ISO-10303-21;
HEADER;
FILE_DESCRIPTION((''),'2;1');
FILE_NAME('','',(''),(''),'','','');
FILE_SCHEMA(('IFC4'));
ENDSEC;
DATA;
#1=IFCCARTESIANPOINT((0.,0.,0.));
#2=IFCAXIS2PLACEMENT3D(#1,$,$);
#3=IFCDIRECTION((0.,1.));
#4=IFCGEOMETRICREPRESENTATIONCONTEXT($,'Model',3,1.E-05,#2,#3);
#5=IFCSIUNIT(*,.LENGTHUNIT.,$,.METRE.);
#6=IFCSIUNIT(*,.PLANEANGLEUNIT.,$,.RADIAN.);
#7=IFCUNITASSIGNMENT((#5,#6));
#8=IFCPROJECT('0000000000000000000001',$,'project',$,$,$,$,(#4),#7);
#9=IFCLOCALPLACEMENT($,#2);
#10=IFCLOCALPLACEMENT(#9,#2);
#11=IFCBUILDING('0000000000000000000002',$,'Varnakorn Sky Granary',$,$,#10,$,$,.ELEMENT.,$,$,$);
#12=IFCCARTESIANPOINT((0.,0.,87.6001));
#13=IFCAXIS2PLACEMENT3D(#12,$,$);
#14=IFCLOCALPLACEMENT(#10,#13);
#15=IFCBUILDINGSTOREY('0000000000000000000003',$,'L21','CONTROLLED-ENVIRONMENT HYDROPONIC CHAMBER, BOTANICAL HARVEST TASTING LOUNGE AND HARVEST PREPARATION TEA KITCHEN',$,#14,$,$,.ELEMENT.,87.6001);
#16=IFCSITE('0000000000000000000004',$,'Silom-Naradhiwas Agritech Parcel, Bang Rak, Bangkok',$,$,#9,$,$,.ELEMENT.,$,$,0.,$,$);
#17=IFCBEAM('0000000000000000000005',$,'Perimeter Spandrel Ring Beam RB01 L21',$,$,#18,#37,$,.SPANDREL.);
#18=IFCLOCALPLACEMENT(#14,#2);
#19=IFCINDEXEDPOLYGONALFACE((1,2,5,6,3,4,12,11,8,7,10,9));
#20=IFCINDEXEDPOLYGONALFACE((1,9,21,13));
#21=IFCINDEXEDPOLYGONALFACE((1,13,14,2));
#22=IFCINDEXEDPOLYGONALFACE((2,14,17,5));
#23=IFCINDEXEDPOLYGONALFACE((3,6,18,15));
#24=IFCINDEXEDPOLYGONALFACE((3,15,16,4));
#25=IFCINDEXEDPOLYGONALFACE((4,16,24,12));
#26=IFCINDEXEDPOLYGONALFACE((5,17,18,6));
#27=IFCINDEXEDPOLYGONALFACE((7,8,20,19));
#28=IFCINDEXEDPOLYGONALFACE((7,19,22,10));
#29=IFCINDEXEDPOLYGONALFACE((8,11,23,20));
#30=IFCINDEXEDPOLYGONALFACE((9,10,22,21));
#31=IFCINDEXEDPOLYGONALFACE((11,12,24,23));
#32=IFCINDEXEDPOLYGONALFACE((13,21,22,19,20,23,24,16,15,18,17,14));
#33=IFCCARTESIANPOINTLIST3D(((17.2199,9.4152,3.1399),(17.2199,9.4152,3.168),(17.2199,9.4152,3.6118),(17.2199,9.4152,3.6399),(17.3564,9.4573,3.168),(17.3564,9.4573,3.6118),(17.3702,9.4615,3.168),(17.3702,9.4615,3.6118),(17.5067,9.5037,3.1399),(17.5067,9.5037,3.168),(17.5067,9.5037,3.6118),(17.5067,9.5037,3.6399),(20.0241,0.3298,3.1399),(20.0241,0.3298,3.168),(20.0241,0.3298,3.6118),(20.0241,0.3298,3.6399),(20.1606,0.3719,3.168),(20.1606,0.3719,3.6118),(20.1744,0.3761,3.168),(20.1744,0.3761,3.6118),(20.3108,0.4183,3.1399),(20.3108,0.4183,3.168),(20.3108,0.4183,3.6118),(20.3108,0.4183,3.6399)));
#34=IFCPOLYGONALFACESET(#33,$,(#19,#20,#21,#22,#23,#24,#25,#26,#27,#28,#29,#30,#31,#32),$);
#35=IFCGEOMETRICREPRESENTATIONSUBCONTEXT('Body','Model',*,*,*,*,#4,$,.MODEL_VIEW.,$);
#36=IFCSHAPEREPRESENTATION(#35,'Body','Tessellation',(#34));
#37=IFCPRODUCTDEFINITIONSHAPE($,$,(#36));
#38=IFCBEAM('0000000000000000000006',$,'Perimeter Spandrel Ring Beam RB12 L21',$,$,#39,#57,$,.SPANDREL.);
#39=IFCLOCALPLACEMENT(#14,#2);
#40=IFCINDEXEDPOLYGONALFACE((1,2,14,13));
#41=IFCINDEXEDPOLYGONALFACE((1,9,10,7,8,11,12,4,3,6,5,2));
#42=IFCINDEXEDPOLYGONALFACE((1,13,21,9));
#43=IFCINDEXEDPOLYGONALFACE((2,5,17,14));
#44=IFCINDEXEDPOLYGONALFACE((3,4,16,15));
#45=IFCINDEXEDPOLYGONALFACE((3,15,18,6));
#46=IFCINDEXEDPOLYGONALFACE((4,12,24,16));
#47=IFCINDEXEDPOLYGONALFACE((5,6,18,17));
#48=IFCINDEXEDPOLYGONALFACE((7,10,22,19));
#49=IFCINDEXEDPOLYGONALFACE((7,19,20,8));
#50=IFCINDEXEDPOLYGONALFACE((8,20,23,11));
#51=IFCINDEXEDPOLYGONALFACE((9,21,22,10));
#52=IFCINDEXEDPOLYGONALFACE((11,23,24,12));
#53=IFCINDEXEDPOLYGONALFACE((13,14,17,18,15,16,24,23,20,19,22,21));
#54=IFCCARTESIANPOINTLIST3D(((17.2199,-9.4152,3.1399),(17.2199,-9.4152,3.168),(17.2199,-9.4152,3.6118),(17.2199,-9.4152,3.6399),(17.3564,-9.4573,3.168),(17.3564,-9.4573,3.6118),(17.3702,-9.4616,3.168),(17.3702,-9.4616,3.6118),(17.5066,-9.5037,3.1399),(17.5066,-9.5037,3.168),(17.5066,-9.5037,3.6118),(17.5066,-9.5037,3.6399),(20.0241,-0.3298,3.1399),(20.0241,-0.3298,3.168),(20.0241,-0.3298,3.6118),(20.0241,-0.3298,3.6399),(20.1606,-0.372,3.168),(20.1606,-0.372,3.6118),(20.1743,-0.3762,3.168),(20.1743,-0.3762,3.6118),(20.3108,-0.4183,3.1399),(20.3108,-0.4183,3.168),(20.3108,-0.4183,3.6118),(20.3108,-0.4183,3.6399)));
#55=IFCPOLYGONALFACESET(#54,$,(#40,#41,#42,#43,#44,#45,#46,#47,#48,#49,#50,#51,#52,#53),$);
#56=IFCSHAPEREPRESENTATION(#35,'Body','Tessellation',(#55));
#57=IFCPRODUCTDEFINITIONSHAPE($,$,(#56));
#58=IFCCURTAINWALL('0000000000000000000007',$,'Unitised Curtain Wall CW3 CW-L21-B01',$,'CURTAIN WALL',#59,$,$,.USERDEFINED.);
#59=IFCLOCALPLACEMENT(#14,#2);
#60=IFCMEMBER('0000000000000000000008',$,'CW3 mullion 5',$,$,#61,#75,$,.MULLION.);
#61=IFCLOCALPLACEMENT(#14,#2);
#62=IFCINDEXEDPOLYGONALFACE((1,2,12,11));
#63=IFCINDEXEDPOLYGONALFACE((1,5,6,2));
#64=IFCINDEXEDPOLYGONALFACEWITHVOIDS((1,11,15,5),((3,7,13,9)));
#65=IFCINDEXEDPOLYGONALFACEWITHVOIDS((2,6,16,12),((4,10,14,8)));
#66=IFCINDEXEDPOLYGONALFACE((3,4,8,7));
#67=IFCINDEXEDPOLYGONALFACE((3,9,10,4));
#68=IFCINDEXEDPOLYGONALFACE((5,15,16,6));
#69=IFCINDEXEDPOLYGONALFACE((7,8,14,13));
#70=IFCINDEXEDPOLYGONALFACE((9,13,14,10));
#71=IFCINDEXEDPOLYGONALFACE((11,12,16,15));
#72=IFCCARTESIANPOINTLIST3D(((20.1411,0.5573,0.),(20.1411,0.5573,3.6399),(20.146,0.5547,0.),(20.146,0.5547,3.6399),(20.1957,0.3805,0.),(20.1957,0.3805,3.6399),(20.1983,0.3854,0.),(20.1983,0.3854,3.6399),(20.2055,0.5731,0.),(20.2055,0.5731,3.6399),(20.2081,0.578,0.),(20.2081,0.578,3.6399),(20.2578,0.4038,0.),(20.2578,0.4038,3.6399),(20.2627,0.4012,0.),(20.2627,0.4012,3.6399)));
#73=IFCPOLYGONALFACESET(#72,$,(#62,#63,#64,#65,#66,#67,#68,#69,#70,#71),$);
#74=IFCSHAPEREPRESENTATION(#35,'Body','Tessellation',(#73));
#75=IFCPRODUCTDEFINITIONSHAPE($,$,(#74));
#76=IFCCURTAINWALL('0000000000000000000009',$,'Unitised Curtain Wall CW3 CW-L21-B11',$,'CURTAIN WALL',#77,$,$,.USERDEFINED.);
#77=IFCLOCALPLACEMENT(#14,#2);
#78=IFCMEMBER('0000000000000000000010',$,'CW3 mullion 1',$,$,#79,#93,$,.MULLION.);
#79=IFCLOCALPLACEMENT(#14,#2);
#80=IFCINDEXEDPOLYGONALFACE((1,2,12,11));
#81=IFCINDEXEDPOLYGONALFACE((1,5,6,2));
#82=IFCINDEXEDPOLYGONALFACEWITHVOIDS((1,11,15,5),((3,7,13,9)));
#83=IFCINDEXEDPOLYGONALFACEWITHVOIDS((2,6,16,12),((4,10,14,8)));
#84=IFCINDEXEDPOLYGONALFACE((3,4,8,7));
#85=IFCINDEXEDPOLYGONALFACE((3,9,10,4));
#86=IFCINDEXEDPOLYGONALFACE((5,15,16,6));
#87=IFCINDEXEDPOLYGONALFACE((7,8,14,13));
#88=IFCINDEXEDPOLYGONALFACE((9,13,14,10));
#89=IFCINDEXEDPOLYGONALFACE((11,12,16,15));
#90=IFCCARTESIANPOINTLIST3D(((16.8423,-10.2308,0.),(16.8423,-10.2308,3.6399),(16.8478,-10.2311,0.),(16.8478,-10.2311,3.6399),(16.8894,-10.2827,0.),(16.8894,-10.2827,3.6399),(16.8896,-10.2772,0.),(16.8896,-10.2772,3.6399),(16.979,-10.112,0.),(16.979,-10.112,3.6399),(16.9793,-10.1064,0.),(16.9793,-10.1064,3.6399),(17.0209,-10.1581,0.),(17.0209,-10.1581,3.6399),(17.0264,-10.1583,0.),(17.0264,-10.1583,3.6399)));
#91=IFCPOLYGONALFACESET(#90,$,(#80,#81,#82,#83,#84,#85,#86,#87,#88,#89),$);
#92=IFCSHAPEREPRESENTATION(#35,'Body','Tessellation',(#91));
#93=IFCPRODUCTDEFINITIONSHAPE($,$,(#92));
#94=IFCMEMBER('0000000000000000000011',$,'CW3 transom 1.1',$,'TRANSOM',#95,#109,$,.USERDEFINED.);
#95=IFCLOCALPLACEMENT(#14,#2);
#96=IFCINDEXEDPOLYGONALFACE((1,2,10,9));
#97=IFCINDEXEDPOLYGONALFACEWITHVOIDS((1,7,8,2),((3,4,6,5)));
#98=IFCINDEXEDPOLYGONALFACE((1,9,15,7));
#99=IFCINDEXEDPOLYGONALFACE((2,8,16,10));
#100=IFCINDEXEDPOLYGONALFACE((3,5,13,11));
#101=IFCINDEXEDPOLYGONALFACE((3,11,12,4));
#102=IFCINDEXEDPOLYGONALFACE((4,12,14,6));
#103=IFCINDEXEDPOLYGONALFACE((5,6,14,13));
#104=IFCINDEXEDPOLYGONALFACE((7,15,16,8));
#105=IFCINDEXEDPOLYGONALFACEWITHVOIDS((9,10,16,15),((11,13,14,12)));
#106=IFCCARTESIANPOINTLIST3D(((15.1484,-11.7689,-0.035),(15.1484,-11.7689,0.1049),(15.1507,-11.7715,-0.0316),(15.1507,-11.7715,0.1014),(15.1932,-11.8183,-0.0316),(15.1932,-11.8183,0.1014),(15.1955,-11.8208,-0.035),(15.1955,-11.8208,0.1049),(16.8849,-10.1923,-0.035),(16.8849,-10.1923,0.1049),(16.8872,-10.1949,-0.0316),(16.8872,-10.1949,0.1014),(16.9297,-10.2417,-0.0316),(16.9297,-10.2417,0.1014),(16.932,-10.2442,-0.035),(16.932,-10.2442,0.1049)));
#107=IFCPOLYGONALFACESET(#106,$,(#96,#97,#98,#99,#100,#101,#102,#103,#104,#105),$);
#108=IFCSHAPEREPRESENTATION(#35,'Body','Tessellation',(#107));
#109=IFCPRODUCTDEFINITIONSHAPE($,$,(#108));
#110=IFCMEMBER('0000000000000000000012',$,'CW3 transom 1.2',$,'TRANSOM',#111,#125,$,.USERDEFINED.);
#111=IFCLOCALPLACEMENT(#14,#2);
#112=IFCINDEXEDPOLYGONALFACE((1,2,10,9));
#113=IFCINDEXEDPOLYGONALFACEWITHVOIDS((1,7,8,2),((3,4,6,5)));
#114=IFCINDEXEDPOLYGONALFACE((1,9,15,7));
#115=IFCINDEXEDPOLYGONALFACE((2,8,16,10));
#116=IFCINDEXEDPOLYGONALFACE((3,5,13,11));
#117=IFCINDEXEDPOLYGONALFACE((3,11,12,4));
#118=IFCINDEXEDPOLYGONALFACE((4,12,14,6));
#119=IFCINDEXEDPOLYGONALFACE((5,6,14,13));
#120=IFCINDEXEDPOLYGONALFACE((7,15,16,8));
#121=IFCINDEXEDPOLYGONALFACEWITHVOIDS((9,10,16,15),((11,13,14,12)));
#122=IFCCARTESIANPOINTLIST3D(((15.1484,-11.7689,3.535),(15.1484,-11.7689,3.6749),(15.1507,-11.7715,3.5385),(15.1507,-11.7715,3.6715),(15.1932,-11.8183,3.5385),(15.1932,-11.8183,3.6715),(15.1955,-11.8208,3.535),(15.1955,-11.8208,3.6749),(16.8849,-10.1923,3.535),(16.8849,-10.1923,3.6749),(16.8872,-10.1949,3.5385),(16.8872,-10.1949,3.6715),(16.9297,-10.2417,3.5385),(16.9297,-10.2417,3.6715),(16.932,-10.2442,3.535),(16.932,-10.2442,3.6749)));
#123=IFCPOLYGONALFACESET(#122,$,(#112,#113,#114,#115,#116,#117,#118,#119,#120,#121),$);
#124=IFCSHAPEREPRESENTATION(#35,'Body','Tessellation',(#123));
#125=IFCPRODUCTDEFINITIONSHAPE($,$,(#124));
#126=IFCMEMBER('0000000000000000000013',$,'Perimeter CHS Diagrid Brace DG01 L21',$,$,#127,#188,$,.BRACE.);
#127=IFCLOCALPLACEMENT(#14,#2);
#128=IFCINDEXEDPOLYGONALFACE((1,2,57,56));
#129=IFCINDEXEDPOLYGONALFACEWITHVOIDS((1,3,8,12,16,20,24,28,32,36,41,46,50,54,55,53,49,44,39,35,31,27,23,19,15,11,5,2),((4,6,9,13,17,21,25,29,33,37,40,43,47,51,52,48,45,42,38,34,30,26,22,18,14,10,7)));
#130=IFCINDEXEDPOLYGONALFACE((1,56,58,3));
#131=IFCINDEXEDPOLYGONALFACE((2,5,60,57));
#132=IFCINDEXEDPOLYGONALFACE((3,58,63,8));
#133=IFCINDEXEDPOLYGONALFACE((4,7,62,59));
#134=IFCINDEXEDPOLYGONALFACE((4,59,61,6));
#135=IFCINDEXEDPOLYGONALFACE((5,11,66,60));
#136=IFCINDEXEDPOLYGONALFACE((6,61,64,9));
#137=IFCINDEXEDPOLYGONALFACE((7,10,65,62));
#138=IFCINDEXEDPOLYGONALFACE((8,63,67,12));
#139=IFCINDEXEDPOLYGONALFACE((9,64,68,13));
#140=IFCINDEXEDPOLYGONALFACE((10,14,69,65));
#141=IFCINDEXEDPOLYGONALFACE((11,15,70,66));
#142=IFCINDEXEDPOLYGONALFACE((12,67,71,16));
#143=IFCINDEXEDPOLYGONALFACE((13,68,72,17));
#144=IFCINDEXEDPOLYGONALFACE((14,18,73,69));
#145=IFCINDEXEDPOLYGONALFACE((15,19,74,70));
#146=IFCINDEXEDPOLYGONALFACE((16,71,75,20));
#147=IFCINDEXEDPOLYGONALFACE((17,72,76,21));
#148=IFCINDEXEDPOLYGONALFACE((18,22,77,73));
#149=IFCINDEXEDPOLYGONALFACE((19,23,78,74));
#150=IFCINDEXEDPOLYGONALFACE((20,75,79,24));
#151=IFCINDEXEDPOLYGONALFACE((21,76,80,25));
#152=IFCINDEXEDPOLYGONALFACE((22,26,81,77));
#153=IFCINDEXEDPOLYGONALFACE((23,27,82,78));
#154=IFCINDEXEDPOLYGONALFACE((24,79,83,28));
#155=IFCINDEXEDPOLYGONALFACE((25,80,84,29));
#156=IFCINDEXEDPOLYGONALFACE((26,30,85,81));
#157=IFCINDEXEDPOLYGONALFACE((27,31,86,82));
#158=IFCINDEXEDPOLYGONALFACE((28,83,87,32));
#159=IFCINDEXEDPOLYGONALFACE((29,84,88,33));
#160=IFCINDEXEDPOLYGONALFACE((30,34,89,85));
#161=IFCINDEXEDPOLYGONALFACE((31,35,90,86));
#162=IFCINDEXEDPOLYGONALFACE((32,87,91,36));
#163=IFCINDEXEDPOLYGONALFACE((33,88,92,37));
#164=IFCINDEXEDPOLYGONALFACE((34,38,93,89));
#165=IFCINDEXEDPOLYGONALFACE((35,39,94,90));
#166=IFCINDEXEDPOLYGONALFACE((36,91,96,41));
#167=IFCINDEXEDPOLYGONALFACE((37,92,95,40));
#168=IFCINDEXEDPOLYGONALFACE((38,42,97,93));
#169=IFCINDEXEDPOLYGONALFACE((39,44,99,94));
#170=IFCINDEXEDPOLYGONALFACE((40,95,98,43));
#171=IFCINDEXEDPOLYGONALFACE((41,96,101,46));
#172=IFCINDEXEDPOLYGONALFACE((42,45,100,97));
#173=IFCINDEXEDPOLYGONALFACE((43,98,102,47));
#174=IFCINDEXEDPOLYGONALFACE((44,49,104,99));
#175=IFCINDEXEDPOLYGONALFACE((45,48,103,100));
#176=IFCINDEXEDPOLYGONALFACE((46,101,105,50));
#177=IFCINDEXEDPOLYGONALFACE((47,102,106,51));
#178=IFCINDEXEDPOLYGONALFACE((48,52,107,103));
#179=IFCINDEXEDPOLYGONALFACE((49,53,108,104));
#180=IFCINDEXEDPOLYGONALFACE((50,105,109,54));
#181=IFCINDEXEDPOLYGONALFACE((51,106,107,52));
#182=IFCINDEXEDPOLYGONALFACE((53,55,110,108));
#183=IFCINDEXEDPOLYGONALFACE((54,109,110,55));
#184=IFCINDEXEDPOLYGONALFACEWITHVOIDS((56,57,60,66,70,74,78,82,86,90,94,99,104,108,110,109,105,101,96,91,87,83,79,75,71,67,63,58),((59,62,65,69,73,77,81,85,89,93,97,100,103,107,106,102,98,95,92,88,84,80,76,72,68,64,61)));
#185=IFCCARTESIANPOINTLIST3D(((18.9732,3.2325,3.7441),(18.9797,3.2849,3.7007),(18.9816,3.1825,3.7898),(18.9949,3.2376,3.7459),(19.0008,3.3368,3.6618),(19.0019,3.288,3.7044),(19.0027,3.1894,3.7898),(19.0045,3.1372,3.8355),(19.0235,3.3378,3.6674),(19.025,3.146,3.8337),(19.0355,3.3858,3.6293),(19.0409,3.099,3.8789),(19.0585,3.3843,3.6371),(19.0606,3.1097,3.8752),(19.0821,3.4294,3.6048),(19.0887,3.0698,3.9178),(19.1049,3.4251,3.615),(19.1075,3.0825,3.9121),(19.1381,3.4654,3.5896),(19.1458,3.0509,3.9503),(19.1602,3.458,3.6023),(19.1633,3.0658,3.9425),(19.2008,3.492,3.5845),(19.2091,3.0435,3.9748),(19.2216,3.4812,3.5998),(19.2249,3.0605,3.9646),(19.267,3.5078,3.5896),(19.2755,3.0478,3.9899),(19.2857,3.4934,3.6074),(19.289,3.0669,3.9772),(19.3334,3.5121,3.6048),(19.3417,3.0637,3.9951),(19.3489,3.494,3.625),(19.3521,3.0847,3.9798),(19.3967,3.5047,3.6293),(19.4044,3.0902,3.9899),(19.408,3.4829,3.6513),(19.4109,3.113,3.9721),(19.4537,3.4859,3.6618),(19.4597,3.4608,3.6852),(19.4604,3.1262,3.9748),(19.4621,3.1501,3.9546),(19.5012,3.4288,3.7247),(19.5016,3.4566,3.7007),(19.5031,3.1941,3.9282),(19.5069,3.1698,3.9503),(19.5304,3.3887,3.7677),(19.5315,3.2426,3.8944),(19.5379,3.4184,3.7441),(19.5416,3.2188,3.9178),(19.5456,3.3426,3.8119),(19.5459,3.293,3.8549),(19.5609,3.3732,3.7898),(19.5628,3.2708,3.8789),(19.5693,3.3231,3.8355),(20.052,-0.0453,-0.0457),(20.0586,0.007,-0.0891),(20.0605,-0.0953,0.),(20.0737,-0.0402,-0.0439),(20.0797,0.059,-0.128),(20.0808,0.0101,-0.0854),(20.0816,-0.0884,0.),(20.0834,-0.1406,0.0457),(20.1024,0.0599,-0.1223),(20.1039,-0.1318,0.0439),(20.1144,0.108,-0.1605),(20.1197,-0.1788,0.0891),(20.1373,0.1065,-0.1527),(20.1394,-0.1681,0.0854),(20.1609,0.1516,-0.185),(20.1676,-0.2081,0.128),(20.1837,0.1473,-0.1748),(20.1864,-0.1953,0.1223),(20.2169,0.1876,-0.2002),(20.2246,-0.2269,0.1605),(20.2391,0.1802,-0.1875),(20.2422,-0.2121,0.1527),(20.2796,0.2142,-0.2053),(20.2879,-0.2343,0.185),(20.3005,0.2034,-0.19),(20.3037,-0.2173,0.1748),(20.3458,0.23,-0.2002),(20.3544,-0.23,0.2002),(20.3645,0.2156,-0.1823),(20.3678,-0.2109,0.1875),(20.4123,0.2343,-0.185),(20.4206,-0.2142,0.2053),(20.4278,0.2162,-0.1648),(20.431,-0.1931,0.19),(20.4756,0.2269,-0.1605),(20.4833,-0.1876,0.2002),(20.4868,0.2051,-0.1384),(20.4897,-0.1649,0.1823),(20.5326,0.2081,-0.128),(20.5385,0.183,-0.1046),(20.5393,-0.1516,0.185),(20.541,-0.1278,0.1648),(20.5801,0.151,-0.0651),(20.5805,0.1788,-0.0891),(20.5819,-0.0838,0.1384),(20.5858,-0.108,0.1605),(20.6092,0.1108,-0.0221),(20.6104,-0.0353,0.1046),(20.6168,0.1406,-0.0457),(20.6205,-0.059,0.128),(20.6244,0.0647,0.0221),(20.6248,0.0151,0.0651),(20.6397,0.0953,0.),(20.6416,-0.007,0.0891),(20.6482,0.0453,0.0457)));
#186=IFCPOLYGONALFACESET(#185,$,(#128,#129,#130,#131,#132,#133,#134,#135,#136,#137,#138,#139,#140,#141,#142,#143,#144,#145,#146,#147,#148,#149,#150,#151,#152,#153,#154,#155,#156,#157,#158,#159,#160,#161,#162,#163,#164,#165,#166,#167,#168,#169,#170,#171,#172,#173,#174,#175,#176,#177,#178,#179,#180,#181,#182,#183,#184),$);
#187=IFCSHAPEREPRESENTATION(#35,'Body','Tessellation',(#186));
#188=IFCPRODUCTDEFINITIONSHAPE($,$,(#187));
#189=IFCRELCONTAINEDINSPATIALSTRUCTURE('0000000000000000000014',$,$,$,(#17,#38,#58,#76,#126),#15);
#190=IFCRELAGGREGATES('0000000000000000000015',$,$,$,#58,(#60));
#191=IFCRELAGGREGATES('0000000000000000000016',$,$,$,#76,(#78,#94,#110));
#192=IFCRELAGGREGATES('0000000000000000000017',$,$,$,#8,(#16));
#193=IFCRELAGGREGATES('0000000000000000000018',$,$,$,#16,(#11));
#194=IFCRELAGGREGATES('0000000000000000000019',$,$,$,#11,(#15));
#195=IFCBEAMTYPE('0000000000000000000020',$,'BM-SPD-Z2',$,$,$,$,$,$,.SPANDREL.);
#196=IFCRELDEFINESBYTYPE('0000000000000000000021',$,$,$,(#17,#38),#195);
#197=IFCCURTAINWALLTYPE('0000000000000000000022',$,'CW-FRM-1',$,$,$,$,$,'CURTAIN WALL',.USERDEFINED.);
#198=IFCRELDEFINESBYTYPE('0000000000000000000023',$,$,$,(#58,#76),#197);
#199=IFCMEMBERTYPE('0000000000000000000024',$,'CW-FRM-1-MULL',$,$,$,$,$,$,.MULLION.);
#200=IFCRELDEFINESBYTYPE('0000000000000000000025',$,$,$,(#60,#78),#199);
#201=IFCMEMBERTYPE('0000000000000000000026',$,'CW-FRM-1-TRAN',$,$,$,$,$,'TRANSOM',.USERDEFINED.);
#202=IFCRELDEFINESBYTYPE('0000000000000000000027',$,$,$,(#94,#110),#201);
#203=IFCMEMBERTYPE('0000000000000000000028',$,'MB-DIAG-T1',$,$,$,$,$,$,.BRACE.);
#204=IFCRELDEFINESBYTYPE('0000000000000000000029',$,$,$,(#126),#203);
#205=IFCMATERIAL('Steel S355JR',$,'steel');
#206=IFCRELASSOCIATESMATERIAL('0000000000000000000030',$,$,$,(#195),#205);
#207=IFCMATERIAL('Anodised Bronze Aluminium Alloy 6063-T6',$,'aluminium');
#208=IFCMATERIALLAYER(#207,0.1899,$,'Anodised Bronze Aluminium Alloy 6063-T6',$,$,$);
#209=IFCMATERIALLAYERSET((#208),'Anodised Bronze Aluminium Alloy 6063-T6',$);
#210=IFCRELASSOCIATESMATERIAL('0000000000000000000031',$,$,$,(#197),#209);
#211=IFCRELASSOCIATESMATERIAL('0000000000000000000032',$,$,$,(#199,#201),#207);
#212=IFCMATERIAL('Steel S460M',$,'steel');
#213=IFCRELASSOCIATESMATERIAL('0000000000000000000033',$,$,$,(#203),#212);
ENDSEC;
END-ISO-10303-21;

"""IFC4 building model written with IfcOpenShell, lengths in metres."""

from ifc_helpers import new_model, si_unit, direction, frame, origin, origin_2d, place, context, subcontext, project, spatial, hollow_rectangle, hollow_circle, i_section, extrude, material, layer, layer_set, material_profile, profile_set, type_object, element, aggregate, save


model = new_model("IFC4")

# Units and contexts
model_context = context("Model", 3, precision=1e-05, world=origin(), true_north=direction((0.0, 1.0)))
body_context = subcontext(model_context, "Body", "Model", "MODEL_VIEW")
ifc_project = project(units=[si_unit("LENGTHUNIT", "METRE"), si_unit("PLANEANGLEUNIT", "RADIAN")], contexts=[model_context])

# Site, building, storey
site_placement = place(None, origin())
site = spatial("IfcSite", under=ifc_project, at=site_placement, Name="Silom-Naradhiwas Agritech Parcel, Bang Rak, Bangkok", CompositionType="ELEMENT", RefElevation=0.0)
building_placement = place(site_placement, origin())
building = spatial("IfcBuilding", under=site, at=building_placement, Name="Varnakorn Sky Granary", CompositionType="ELEMENT")
storey_placement = place(building_placement, frame((0.0, 0.0, 87.6001)))
storey = spatial("IfcBuildingStorey", under=building, at=storey_placement, Name="L21", Description="CONTROLLED-ENVIRONMENT HYDROPONIC CHAMBER, BOTANICAL HARVEST TASTING LOUNGE AND HARVEST PREPARATION TEA KITCHEN", CompositionType="ELEMENT", Elevation=87.6001)

# Shared definitions
ifc_material_1 = material(Name="Steel S460M", Category="steel")

# Beams
ifc_material_2 = material(Name="Steel S355JR", Category="steel")
ifc_material_profile_1 = material_profile(ifc_material_2, i_section(OverallWidth=0.3, OverallDepth=0.5, WebThickness=0.0144, FlangeThickness=0.0281, at=origin_2d()), Name="HE 500 B")
ifc_profile_set_1 = profile_set([ifc_material_profile_1], Name="Steel S355JR")
beam_type_1 = type_object("IfcBeamType", Name="BM-SPD-Z2", PredefinedType="SPANDREL", material=ifc_profile_set_1)
for number, where, z_axis, x_axis, name in (
    (1, (20.1675, 0.374, 3.3899), (-0.294919, 0.955522, 0.0), (-0.955522, -0.294919, 0.0), "Perimeter Spandrel Ring Beam RB01 L21"),
    (2, (17.3633, -9.4595, 3.3899), (0.294919, 0.955522, 0.0), (-0.955522, 0.294919, 0.0), "Perimeter Spandrel Ring Beam RB12 L21"),
):
    element("IfcBeam", number, at=place(storey_placement, frame(where, z_axis=z_axis, x_axis=x_axis)), inside=storey, type_object=beam_type_1, Name=name, PredefinedType="SPANDREL", context=body_context, shape_type="SweptSolid", body=[
        extrude(i_section(OverallWidth=0.3, OverallDepth=0.5, WebThickness=0.0144, FlangeThickness=0.0281, at=origin_2d()), origin(), (0.0, 0.0, 1.0), 9.5083),
    ])

# Curtain wall, member
ifc_material_3 = material(Name="Anodised Bronze Aluminium Alloy 6063-T6", Category="aluminium")
ifc_layer_1 = layer(ifc_material_3, 0.1899, Name="Anodised Bronze Aluminium Alloy 6063-T6")
ifc_layer_set_1 = layer_set([ifc_layer_1], Name="Anodised Bronze Aluminium Alloy 6063-T6")
curtain_wall_type = type_object("IfcCurtainWallType", Name="CW-FRM-1", ElementType="CURTAIN WALL", PredefinedType="USERDEFINED", material=ifc_layer_set_1)
curtain_wall_1_placement = place(storey_placement, origin())
curtain_wall_1 = element("IfcCurtainWall", 3, at=curtain_wall_1_placement, inside=storey, type_object=curtain_wall_type, Name="Unitised Curtain Wall CW3 CW-L21-B01", ObjectType="CURTAIN WALL", PredefinedType="USERDEFINED")
ifc_material_profile_2 = material_profile(ifc_material_3, hollow_rectangle(XDim=0.0701, YDim=0.1851, WallThickness=0.0039, at=origin_2d()), Name="ALU MULL 70x185")
ifc_profile_set_2 = profile_set([ifc_material_profile_2], Name="Anodised Bronze Aluminium Alloy 6063-T6")
member_type_1 = type_object("IfcMemberType", Name="CW-FRM-1-MULL", PredefinedType="MULLION", material=ifc_profile_set_2)
member_1_placement = place(storey_placement, frame((20.2019, 0.4792, 0.0), z_axis=(0.0, 0.0, 1.0), x_axis=(0.955476, 0.295069, 0.0)))
member_1 = element("IfcMember", 4, at=member_1_placement, type_object=member_type_1, Name="CW3 mullion 5", PredefinedType="MULLION", context=body_context, shape_type="SweptSolid", body=[
    extrude(hollow_rectangle(XDim=0.0701, YDim=0.1851, WallThickness=0.0039, at=origin_2d()), origin(), (0.0, 0.0, 1.0), 3.6399),
])
aggregate(curtain_wall_1, [member_1])

# Curtain wall, members
curtain_wall_2_placement = place(storey_placement, origin())
curtain_wall_2 = element("IfcCurtainWall", 5, at=curtain_wall_2_placement, inside=storey, type_object=curtain_wall_type, Name="Unitised Curtain Wall CW3 CW-L21-B11", ObjectType="CURTAIN WALL", PredefinedType="USERDEFINED")
member_2_placement = place(storey_placement, frame((16.9343, -10.1946, 0.0), z_axis=(0.0, 0.0, 1.0), x_axis=(0.67219, -0.740378, 0.0)))
member_2 = element("IfcMember", 6, at=member_2_placement, type_object=member_type_1, Name="CW3 mullion 1", PredefinedType="MULLION", context=body_context, shape_type="SweptSolid", body=[
    extrude(hollow_rectangle(XDim=0.0701, YDim=0.1851, WallThickness=0.0039, at=origin_2d()), origin(), (0.0, 0.0, 1.0), 3.6399),
])
ifc_material_profile_3 = material_profile(ifc_material_3, hollow_rectangle(XDim=0.0701, YDim=0.1399, WallThickness=0.0034, at=origin_2d()), Name="ALU TRAN 70x140")
ifc_profile_set_3 = profile_set([ifc_material_profile_3], Name="Anodised Bronze Aluminium Alloy 6063-T6")
member_type_2 = type_object("IfcMemberType", Name="CW-FRM-1-TRAN", ElementType="TRANSOM", PredefinedType="USERDEFINED", material=ifc_profile_set_3)
member_3_placement = place(storey_placement, frame((16.9084, -10.2183, 0.0349), z_axis=(-0.740373, -0.672196, 0.0), x_axis=(0.672196, -0.740373, 0.0)))
member_3 = element("IfcMember", 7, at=member_3_placement, type_object=member_type_2, Name="CW3 transom 1.1", ObjectType="TRANSOM", PredefinedType="USERDEFINED", context=body_context, shape_type="SweptSolid", body=[
    extrude(hollow_rectangle(XDim=0.0701, YDim=0.1399, WallThickness=0.0034, at=origin_2d()), origin(), (0.0, 0.0, 1.0), 2.3455),
])
member_4_placement = place(storey_placement, frame((16.9084, -10.2183, 3.605), z_axis=(-0.740373, -0.672196, 0.0), x_axis=(0.672196, -0.740373, 0.0)))
member_4 = element("IfcMember", 8, at=member_4_placement, type_object=member_type_2, Name="CW3 transom 1.2", ObjectType="TRANSOM", PredefinedType="USERDEFINED", context=body_context, shape_type="SweptSolid", body=[
    extrude(hollow_rectangle(XDim=0.0701, YDim=0.1399, WallThickness=0.0034, at=origin_2d()), origin(), (0.0, 0.0, 1.0), 2.3455),
])
aggregate(curtain_wall_2, [member_2, member_3, member_4])

# Member
ifc_material_profile_4 = material_profile(ifc_material_1, hollow_circle(Radius=0.3049, WallThickness=0.0222, at=origin_2d()), Name="CHS 610x22")
ifc_profile_set_4 = profile_set([ifc_material_profile_4], Name="Steel S460M")
member_type_3 = type_object("IfcMemberType", Name="MB-DIAG-T1", PredefinedType="BRACE", material=ifc_profile_set_4)
for number, where, z_axis, x_axis, name in (
    (9, (20.3501, 0.0, 0.0), (-0.210489, 0.639516, 0.739401), (-0.949872, -0.312639, 0.0), "Perimeter CHS Diagrid Brace DG01 L21"),
):
    element("IfcMember", number, at=place(storey_placement, frame(where, z_axis=z_axis, x_axis=x_axis)), inside=storey, type_object=member_type_3, Name=name, PredefinedType="BRACE", context=body_context, shape_type="SweptSolid", body=[
        extrude(hollow_circle(Radius=0.3049, WallThickness=0.0222, at=origin_2d()), origin(), (0.0, 0.0, 1.0), 5.1255),
    ])

save(model, "model.ifc")
